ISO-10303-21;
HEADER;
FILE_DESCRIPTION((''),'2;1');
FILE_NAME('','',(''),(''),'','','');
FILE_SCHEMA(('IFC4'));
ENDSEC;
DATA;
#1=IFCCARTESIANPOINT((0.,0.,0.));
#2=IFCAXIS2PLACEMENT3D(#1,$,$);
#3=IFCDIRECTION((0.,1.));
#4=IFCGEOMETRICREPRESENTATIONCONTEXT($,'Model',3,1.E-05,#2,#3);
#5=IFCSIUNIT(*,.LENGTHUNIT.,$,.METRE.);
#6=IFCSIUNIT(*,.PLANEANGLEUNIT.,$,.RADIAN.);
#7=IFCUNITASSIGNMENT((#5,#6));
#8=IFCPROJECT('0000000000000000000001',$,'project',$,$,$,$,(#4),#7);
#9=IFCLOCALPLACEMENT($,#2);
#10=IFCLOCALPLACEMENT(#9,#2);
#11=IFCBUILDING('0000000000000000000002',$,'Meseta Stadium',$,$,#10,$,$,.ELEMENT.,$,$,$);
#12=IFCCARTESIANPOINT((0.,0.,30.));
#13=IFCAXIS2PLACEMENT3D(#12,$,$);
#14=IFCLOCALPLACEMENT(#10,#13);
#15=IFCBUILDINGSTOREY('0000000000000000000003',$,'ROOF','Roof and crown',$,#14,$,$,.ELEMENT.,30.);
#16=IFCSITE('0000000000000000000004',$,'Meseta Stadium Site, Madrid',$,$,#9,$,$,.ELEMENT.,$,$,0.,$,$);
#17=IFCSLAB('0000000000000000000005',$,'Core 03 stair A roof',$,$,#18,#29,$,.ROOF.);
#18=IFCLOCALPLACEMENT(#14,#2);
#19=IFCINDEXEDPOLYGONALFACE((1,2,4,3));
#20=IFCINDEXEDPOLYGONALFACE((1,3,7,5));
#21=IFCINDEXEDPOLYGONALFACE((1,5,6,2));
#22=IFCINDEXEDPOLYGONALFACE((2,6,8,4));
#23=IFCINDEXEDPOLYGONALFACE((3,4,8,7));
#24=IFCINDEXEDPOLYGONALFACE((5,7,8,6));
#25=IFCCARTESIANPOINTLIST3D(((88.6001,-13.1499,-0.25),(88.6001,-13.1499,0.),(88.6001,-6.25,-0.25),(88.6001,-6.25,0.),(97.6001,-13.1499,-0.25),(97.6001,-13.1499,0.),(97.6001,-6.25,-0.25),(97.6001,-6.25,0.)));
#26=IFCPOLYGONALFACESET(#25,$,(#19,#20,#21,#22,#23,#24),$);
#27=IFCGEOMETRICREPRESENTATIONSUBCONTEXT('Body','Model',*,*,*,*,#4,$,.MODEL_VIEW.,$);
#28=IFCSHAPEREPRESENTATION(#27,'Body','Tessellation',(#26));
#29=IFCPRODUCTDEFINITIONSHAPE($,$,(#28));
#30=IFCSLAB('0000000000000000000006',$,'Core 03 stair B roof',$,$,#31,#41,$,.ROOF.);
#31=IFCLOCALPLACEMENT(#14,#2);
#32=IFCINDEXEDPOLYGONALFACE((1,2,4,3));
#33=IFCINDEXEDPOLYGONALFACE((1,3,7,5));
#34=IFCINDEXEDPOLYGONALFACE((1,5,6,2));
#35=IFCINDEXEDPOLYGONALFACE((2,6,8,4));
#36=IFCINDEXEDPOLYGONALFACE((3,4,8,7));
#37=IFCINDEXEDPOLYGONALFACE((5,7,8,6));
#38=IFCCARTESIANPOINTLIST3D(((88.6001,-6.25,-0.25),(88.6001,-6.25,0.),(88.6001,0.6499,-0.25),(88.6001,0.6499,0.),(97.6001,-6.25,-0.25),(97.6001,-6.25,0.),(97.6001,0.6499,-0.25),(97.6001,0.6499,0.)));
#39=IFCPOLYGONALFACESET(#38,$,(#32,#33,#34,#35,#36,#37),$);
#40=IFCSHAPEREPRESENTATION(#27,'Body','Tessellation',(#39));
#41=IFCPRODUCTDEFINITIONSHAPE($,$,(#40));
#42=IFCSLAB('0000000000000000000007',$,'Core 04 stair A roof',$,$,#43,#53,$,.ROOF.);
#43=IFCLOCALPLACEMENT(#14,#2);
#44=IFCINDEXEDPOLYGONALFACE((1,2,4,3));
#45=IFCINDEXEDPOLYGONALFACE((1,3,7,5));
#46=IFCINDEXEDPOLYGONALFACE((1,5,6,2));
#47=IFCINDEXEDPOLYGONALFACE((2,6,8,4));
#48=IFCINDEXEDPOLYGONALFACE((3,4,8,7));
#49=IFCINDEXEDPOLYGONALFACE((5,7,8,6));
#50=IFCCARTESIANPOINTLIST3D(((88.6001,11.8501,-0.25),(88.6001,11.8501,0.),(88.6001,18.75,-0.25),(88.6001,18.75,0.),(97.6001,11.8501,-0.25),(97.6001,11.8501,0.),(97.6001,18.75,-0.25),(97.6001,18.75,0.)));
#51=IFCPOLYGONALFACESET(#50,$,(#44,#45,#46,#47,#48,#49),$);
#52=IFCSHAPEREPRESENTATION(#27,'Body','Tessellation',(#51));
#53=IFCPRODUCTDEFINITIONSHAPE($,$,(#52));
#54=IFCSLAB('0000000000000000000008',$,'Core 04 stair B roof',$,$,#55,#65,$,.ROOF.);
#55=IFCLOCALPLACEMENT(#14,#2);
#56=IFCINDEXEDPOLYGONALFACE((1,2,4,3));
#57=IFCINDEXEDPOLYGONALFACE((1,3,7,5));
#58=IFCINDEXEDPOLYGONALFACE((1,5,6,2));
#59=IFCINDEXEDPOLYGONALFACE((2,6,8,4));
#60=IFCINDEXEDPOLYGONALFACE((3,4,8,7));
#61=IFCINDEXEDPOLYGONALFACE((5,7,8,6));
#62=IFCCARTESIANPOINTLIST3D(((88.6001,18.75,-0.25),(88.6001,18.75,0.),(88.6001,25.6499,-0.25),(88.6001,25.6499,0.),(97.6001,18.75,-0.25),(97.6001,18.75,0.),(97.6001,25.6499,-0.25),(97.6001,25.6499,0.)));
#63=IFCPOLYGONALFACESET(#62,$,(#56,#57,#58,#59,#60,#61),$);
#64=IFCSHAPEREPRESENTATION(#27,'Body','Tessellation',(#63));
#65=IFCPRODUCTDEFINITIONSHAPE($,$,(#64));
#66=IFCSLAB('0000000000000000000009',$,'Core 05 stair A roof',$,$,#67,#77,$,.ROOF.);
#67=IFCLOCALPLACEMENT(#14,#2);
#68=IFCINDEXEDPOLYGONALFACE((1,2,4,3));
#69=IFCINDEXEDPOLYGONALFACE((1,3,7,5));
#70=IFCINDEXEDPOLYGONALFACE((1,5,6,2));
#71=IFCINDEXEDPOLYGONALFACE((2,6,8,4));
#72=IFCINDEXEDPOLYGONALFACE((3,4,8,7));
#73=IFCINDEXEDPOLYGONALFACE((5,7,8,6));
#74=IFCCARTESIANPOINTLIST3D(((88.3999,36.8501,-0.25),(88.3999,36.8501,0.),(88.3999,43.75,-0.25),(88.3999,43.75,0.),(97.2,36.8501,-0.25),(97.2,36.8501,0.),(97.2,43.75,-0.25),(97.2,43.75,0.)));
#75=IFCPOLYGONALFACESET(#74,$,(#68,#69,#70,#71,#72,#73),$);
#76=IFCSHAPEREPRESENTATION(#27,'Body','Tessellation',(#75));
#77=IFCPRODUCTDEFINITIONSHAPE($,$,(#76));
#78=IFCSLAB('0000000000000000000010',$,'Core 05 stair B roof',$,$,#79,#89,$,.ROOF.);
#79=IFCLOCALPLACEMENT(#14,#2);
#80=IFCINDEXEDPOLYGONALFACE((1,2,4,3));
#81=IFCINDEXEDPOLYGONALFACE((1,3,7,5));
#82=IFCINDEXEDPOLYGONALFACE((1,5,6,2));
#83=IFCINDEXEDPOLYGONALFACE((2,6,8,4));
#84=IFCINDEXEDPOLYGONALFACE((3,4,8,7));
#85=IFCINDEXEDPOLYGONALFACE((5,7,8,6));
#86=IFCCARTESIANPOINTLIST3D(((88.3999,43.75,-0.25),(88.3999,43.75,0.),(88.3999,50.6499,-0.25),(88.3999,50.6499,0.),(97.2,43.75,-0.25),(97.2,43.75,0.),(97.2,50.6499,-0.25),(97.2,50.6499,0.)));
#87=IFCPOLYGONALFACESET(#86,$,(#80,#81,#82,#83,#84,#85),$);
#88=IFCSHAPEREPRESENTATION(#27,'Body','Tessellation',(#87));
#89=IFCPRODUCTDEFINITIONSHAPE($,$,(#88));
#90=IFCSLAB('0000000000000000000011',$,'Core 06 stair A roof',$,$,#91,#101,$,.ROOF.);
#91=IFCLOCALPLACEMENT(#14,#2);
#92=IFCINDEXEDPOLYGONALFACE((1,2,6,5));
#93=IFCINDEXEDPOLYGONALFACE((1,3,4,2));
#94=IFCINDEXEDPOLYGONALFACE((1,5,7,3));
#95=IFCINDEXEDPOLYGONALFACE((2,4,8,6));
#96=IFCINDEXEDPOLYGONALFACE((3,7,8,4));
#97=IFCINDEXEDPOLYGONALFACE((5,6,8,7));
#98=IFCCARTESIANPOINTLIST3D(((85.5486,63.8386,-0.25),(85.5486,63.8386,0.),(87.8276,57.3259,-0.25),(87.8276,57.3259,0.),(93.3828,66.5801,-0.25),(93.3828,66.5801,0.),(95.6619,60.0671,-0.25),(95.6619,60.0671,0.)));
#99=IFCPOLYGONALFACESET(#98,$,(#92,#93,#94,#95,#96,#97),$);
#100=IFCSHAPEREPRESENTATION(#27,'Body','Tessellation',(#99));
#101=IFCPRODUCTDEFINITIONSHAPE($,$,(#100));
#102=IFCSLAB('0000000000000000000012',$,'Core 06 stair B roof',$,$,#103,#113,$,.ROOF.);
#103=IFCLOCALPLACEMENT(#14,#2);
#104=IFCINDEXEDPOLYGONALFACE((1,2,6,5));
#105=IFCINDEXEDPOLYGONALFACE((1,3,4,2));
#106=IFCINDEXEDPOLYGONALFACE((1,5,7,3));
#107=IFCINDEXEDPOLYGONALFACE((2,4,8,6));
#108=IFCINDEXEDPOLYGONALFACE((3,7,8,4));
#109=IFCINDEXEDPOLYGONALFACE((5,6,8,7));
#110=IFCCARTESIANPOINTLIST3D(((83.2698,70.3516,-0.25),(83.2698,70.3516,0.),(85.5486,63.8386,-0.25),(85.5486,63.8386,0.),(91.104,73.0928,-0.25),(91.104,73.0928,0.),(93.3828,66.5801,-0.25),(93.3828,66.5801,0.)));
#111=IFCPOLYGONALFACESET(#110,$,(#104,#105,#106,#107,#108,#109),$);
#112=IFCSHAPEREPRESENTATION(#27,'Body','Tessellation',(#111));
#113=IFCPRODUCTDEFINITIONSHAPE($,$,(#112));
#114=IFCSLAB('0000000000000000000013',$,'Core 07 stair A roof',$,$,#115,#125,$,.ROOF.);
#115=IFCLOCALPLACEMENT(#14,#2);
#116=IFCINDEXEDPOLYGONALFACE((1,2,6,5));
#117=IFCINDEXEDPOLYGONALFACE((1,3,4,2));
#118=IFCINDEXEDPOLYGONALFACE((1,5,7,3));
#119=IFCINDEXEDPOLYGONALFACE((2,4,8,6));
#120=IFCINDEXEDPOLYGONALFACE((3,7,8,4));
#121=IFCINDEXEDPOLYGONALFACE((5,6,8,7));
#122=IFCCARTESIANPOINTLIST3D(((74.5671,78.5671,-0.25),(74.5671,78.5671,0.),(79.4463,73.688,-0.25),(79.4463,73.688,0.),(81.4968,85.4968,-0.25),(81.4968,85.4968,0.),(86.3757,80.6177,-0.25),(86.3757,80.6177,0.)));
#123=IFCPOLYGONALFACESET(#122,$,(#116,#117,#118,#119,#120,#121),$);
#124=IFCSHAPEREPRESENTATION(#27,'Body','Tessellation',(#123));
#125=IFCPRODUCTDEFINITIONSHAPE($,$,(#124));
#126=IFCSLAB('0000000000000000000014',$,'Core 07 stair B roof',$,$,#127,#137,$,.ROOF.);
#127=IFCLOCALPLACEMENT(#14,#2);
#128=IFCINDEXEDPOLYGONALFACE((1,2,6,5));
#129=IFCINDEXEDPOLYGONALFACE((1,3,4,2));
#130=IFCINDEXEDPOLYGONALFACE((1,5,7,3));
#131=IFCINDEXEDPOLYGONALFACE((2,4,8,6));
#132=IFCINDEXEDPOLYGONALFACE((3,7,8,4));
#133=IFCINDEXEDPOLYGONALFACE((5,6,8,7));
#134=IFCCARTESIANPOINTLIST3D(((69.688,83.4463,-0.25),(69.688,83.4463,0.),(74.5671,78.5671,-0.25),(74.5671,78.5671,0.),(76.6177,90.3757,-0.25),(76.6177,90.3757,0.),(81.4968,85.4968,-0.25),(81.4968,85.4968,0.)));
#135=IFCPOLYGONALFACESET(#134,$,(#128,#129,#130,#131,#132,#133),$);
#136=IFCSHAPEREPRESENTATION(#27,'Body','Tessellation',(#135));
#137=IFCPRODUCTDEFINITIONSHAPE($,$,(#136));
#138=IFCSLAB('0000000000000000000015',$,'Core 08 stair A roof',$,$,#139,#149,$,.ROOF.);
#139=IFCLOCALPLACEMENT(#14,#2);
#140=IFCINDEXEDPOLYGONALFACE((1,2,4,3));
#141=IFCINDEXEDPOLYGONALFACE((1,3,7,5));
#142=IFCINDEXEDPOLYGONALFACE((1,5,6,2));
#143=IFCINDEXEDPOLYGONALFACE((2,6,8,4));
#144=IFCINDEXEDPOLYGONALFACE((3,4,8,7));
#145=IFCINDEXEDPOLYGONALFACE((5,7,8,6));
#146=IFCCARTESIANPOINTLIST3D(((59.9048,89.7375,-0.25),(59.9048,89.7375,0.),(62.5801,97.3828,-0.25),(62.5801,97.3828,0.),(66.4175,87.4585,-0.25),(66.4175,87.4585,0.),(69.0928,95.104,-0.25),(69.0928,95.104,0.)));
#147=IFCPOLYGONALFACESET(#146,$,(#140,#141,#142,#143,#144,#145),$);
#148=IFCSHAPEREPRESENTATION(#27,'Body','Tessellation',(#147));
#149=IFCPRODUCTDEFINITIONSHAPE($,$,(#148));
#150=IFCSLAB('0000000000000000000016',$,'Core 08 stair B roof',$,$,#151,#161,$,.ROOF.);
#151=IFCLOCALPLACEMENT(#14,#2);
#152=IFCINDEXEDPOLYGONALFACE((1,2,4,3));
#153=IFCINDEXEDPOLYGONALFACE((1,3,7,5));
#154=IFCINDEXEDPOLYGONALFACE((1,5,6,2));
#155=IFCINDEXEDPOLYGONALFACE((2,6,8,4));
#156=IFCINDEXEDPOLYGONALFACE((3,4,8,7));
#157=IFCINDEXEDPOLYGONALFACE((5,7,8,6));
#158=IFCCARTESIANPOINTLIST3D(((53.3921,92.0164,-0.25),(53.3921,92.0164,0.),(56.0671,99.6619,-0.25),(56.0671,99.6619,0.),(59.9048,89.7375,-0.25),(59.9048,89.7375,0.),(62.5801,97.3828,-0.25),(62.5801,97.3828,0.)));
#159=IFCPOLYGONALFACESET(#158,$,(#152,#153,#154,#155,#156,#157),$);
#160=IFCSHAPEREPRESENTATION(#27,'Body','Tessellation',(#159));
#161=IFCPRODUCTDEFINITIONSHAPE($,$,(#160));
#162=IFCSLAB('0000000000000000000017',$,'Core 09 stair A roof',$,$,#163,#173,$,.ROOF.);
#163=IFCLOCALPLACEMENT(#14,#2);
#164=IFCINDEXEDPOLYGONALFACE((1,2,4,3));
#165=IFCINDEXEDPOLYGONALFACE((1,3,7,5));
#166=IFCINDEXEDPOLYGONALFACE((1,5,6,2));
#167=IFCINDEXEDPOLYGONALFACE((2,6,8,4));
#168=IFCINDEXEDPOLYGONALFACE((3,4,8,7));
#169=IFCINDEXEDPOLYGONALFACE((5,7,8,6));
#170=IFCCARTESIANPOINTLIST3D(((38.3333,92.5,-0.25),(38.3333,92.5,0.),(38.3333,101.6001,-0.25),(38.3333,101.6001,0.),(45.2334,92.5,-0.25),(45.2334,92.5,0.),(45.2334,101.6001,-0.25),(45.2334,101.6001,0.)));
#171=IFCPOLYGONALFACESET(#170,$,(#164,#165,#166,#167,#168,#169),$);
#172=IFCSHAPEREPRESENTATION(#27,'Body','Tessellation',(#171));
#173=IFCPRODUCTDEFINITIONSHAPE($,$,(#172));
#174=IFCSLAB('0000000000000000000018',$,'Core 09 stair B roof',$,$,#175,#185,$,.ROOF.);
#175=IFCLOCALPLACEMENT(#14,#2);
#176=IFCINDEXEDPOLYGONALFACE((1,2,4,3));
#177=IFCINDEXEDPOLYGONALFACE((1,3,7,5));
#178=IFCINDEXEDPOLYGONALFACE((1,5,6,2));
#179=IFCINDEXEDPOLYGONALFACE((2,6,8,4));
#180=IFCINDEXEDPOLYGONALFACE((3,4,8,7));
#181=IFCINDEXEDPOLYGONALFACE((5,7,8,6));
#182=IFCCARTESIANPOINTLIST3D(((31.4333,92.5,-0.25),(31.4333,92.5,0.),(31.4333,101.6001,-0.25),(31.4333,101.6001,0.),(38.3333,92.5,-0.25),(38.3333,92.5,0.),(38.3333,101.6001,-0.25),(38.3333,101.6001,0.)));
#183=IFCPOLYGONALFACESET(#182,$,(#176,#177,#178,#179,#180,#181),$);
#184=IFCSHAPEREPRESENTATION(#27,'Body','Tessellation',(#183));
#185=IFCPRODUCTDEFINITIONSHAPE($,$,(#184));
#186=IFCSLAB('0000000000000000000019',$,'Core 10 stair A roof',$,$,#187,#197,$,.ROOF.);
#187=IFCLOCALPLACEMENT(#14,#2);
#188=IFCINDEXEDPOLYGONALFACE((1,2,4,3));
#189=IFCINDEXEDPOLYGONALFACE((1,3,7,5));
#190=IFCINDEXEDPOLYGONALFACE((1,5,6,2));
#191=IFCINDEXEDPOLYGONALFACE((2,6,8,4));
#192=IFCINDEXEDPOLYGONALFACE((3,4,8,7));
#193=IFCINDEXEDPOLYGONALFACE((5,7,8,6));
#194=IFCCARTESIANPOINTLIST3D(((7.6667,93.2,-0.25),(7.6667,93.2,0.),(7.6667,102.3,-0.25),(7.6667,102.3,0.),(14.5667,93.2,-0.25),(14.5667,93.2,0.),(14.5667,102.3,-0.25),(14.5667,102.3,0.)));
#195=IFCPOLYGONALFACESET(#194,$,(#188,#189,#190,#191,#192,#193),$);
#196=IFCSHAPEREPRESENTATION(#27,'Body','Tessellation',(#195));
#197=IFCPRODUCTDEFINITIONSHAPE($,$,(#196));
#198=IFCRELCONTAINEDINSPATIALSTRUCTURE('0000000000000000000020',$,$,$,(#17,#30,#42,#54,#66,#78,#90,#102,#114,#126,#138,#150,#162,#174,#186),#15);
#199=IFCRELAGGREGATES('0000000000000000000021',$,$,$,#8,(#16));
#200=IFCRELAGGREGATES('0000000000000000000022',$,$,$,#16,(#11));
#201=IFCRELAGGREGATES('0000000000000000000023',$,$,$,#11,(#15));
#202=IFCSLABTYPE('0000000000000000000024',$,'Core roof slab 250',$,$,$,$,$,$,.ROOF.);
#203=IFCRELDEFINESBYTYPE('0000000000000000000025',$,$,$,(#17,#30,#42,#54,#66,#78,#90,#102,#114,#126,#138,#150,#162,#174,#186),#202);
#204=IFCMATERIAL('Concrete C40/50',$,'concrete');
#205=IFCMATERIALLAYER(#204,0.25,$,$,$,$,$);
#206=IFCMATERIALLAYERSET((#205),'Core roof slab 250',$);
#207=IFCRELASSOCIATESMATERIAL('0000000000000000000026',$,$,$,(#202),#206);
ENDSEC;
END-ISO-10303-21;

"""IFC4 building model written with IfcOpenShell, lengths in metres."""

from ifc_helpers import new_model, si_unit, direction, frame, origin, place, context, subcontext, project, spatial, polyline, outline, extrude, material, layer, layer_set, type_object, element, save


model = new_model("IFC4")

# Units and contexts
model_context = context("Model", 3, precision=1e-05, world=origin(), true_north=direction((0.0, 1.0)))
body_context = subcontext(model_context, "Body", "Model", "MODEL_VIEW")
ifc_project = project(units=[si_unit("LENGTHUNIT", "METRE"), si_unit("PLANEANGLEUNIT", "RADIAN")], contexts=[model_context])

# Site, building, storey
site_placement = place(None, origin())
site = spatial("IfcSite", under=ifc_project, at=site_placement, Name="Meseta Stadium Site, Madrid", CompositionType="ELEMENT", RefElevation=0.0)
building_placement = place(site_placement, origin())
building = spatial("IfcBuilding", under=site, at=building_placement, Name="Meseta Stadium", CompositionType="ELEMENT")
storey_placement = place(building_placement, frame((0.0, 0.0, 30.0)))
storey = spatial("IfcBuildingStorey", under=building, at=storey_placement, Name="ROOF", Description="Roof and crown", CompositionType="ELEMENT", Elevation=30.0)

# Slabs
ifc_material = material(Name="Concrete C40/50", Category="concrete")
ifc_layer = layer(ifc_material, 0.25)
ifc_layer_set = layer_set([ifc_layer], Name="Core roof slab 250")
slab_type = type_object("IfcSlabType", Name="Core roof slab 250", PredefinedType="ROOF", material=ifc_layer_set)
slab_1_placement = place(storey_placement, frame((0.0, 0.0, -0.25)))
element("IfcSlab", 1, at=slab_1_placement, inside=storey, type_object=slab_type, Name="Core 03 stair A roof", PredefinedType="ROOF", context=body_context, shape_type="SweptSolid", body=[
    extrude(outline(polyline([(97.6001, -13.1499), (88.6001, -13.1499), (88.6001, -6.25), (97.6001, -6.25), (97.6001, -13.1499)])), origin(), (0.0, 0.0, 1.0), 0.25),
])
slab_2_placement = place(storey_placement, frame((0.0, 0.0, -0.25)))
element("IfcSlab", 2, at=slab_2_placement, inside=storey, type_object=slab_type, Name="Core 03 stair B roof", PredefinedType="ROOF", context=body_context, shape_type="SweptSolid", body=[
    extrude(outline(polyline([(97.6001, -6.25), (88.6001, -6.25), (88.6001, 0.6499), (97.6001, 0.6499), (97.6001, -6.25)])), origin(), (0.0, 0.0, 1.0), 0.25),
])
slab_3_placement = place(storey_placement, frame((0.0, 0.0, -0.25)))
element("IfcSlab", 3, at=slab_3_placement, inside=storey, type_object=slab_type, Name="Core 04 stair A roof", PredefinedType="ROOF", context=body_context, shape_type="SweptSolid", body=[
    extrude(outline(polyline([(97.6001, 11.8501), (88.6001, 11.8501), (88.6001, 18.75), (97.6001, 18.75), (97.6001, 11.8501)])), origin(), (0.0, 0.0, 1.0), 0.25),
])
slab_4_placement = place(storey_placement, frame((0.0, 0.0, -0.25)))
element("IfcSlab", 4, at=slab_4_placement, inside=storey, type_object=slab_type, Name="Core 04 stair B roof", PredefinedType="ROOF", context=body_context, shape_type="SweptSolid", body=[
    extrude(outline(polyline([(97.6001, 18.75), (88.6001, 18.75), (88.6001, 25.6499), (97.6001, 25.6499), (97.6001, 18.75)])), origin(), (0.0, 0.0, 1.0), 0.25),
])
slab_5_placement = place(storey_placement, frame((0.0, 0.0, -0.25)))
element("IfcSlab", 5, at=slab_5_placement, inside=storey, type_object=slab_type, Name="Core 05 stair A roof", PredefinedType="ROOF", context=body_context, shape_type="SweptSolid", body=[
    extrude(outline(polyline([(97.2, 36.8501), (88.3999, 36.8501), (88.3999, 43.75), (97.2, 43.75), (97.2, 36.8501)])), origin(), (0.0, 0.0, 1.0), 0.25),
])
slab_6_placement = place(storey_placement, frame((0.0, 0.0, -0.25)))
element("IfcSlab", 6, at=slab_6_placement, inside=storey, type_object=slab_type, Name="Core 05 stair B roof", PredefinedType="ROOF", context=body_context, shape_type="SweptSolid", body=[
    extrude(outline(polyline([(97.2, 43.75), (88.3999, 43.75), (88.3999, 50.6499), (97.2, 50.6499), (97.2, 43.75)])), origin(), (0.0, 0.0, 1.0), 0.25),
])
slab_7_placement = place(storey_placement, frame((0.0, 0.0, -0.25)))
element("IfcSlab", 7, at=slab_7_placement, inside=storey, type_object=slab_type, Name="Core 06 stair A roof", PredefinedType="ROOF", context=body_context, shape_type="SweptSolid", body=[
    extrude(outline(polyline([(95.6619, 60.0671), (87.8276, 57.3259), (85.5486, 63.8386), (93.3828, 66.5801), (95.6619, 60.0671)])), origin(), (0.0, 0.0, 1.0), 0.25),
])
slab_8_placement = place(storey_placement, frame((0.0, 0.0, -0.25)))
element("IfcSlab", 8, at=slab_8_placement, inside=storey, type_object=slab_type, Name="Core 06 stair B roof", PredefinedType="ROOF", context=body_context, shape_type="SweptSolid", body=[
    extrude(outline(polyline([(93.3828, 66.5801), (85.5486, 63.8386), (83.2698, 70.3516), (91.104, 73.0928), (93.3828, 66.5801)])), origin(), (0.0, 0.0, 1.0), 0.25),
])
slab_9_placement = place(storey_placement, frame((0.0, 0.0, -0.25)))
element("IfcSlab", 9, at=slab_9_placement, inside=storey, type_object=slab_type, Name="Core 07 stair A roof", PredefinedType="ROOF", context=body_context, shape_type="SweptSolid", body=[
    extrude(outline(polyline([(86.3757, 80.6177), (79.4463, 73.688), (74.5671, 78.5671), (81.4968, 85.4968), (86.3757, 80.6177)])), origin(), (0.0, 0.0, 1.0), 0.25),
])
slab_10_placement = place(storey_placement, frame((0.0, 0.0, -0.25)))
element("IfcSlab", 10, at=slab_10_placement, inside=storey, type_object=slab_type, Name="Core 07 stair B roof", PredefinedType="ROOF", context=body_context, shape_type="SweptSolid", body=[
    extrude(outline(polyline([(81.4968, 85.4968), (74.5671, 78.5671), (69.688, 83.4463), (76.6177, 90.3757), (81.4968, 85.4968)])), origin(), (0.0, 0.0, 1.0), 0.25),
])
slab_11_placement = place(storey_placement, frame((0.0, 0.0, -0.25)))
element("IfcSlab", 11, at=slab_11_placement, inside=storey, type_object=slab_type, Name="Core 08 stair A roof", PredefinedType="ROOF", context=body_context, shape_type="SweptSolid", body=[
    extrude(outline(polyline([(69.0928, 95.104), (66.4175, 87.4585), (59.9048, 89.7375), (62.5801, 97.3828), (69.0928, 95.104)])), origin(), (0.0, 0.0, 1.0), 0.25),
])
slab_12_placement = place(storey_placement, frame((0.0, 0.0, -0.25)))
element("IfcSlab", 12, at=slab_12_placement, inside=storey, type_object=slab_type, Name="Core 08 stair B roof", PredefinedType="ROOF", context=body_context, shape_type="SweptSolid", body=[
    extrude(outline(polyline([(62.5801, 97.3828), (59.9048, 89.7375), (53.3921, 92.0164), (56.0671, 99.6619), (62.5801, 97.3828)])), origin(), (0.0, 0.0, 1.0), 0.25),
])
slab_13_placement = place(storey_placement, frame((0.0, 0.0, -0.25)))
element("IfcSlab", 13, at=slab_13_placement, inside=storey, type_object=slab_type, Name="Core 09 stair A roof", PredefinedType="ROOF", context=body_context, shape_type="SweptSolid", body=[
    extrude(outline(polyline([(45.2334, 101.6001), (45.2334, 92.5), (38.3333, 92.5), (38.3333, 101.6001), (45.2334, 101.6001)])), origin(), (0.0, 0.0, 1.0), 0.25),
])
slab_14_placement = place(storey_placement, frame((0.0, 0.0, -0.25)))
element("IfcSlab", 14, at=slab_14_placement, inside=storey, type_object=slab_type, Name="Core 09 stair B roof", PredefinedType="ROOF", context=body_context, shape_type="SweptSolid", body=[
    extrude(outline(polyline([(38.3333, 101.6001), (38.3333, 92.5), (31.4333, 92.5), (31.4333, 101.6001), (38.3333, 101.6001)])), origin(), (0.0, 0.0, 1.0), 0.25),
])
slab_15_placement = place(storey_placement, frame((0.0, 0.0, -0.25)))
element("IfcSlab", 15, at=slab_15_placement, inside=storey, type_object=slab_type, Name="Core 10 stair A roof", PredefinedType="ROOF", context=body_context, shape_type="SweptSolid", body=[
    extrude(outline(polyline([(14.5667, 102.3), (14.5667, 93.2), (7.6667, 93.2), (7.6667, 102.3), (14.5667, 102.3)])), origin(), (0.0, 0.0, 1.0), 0.25),
])

save(model, "model.ifc")
